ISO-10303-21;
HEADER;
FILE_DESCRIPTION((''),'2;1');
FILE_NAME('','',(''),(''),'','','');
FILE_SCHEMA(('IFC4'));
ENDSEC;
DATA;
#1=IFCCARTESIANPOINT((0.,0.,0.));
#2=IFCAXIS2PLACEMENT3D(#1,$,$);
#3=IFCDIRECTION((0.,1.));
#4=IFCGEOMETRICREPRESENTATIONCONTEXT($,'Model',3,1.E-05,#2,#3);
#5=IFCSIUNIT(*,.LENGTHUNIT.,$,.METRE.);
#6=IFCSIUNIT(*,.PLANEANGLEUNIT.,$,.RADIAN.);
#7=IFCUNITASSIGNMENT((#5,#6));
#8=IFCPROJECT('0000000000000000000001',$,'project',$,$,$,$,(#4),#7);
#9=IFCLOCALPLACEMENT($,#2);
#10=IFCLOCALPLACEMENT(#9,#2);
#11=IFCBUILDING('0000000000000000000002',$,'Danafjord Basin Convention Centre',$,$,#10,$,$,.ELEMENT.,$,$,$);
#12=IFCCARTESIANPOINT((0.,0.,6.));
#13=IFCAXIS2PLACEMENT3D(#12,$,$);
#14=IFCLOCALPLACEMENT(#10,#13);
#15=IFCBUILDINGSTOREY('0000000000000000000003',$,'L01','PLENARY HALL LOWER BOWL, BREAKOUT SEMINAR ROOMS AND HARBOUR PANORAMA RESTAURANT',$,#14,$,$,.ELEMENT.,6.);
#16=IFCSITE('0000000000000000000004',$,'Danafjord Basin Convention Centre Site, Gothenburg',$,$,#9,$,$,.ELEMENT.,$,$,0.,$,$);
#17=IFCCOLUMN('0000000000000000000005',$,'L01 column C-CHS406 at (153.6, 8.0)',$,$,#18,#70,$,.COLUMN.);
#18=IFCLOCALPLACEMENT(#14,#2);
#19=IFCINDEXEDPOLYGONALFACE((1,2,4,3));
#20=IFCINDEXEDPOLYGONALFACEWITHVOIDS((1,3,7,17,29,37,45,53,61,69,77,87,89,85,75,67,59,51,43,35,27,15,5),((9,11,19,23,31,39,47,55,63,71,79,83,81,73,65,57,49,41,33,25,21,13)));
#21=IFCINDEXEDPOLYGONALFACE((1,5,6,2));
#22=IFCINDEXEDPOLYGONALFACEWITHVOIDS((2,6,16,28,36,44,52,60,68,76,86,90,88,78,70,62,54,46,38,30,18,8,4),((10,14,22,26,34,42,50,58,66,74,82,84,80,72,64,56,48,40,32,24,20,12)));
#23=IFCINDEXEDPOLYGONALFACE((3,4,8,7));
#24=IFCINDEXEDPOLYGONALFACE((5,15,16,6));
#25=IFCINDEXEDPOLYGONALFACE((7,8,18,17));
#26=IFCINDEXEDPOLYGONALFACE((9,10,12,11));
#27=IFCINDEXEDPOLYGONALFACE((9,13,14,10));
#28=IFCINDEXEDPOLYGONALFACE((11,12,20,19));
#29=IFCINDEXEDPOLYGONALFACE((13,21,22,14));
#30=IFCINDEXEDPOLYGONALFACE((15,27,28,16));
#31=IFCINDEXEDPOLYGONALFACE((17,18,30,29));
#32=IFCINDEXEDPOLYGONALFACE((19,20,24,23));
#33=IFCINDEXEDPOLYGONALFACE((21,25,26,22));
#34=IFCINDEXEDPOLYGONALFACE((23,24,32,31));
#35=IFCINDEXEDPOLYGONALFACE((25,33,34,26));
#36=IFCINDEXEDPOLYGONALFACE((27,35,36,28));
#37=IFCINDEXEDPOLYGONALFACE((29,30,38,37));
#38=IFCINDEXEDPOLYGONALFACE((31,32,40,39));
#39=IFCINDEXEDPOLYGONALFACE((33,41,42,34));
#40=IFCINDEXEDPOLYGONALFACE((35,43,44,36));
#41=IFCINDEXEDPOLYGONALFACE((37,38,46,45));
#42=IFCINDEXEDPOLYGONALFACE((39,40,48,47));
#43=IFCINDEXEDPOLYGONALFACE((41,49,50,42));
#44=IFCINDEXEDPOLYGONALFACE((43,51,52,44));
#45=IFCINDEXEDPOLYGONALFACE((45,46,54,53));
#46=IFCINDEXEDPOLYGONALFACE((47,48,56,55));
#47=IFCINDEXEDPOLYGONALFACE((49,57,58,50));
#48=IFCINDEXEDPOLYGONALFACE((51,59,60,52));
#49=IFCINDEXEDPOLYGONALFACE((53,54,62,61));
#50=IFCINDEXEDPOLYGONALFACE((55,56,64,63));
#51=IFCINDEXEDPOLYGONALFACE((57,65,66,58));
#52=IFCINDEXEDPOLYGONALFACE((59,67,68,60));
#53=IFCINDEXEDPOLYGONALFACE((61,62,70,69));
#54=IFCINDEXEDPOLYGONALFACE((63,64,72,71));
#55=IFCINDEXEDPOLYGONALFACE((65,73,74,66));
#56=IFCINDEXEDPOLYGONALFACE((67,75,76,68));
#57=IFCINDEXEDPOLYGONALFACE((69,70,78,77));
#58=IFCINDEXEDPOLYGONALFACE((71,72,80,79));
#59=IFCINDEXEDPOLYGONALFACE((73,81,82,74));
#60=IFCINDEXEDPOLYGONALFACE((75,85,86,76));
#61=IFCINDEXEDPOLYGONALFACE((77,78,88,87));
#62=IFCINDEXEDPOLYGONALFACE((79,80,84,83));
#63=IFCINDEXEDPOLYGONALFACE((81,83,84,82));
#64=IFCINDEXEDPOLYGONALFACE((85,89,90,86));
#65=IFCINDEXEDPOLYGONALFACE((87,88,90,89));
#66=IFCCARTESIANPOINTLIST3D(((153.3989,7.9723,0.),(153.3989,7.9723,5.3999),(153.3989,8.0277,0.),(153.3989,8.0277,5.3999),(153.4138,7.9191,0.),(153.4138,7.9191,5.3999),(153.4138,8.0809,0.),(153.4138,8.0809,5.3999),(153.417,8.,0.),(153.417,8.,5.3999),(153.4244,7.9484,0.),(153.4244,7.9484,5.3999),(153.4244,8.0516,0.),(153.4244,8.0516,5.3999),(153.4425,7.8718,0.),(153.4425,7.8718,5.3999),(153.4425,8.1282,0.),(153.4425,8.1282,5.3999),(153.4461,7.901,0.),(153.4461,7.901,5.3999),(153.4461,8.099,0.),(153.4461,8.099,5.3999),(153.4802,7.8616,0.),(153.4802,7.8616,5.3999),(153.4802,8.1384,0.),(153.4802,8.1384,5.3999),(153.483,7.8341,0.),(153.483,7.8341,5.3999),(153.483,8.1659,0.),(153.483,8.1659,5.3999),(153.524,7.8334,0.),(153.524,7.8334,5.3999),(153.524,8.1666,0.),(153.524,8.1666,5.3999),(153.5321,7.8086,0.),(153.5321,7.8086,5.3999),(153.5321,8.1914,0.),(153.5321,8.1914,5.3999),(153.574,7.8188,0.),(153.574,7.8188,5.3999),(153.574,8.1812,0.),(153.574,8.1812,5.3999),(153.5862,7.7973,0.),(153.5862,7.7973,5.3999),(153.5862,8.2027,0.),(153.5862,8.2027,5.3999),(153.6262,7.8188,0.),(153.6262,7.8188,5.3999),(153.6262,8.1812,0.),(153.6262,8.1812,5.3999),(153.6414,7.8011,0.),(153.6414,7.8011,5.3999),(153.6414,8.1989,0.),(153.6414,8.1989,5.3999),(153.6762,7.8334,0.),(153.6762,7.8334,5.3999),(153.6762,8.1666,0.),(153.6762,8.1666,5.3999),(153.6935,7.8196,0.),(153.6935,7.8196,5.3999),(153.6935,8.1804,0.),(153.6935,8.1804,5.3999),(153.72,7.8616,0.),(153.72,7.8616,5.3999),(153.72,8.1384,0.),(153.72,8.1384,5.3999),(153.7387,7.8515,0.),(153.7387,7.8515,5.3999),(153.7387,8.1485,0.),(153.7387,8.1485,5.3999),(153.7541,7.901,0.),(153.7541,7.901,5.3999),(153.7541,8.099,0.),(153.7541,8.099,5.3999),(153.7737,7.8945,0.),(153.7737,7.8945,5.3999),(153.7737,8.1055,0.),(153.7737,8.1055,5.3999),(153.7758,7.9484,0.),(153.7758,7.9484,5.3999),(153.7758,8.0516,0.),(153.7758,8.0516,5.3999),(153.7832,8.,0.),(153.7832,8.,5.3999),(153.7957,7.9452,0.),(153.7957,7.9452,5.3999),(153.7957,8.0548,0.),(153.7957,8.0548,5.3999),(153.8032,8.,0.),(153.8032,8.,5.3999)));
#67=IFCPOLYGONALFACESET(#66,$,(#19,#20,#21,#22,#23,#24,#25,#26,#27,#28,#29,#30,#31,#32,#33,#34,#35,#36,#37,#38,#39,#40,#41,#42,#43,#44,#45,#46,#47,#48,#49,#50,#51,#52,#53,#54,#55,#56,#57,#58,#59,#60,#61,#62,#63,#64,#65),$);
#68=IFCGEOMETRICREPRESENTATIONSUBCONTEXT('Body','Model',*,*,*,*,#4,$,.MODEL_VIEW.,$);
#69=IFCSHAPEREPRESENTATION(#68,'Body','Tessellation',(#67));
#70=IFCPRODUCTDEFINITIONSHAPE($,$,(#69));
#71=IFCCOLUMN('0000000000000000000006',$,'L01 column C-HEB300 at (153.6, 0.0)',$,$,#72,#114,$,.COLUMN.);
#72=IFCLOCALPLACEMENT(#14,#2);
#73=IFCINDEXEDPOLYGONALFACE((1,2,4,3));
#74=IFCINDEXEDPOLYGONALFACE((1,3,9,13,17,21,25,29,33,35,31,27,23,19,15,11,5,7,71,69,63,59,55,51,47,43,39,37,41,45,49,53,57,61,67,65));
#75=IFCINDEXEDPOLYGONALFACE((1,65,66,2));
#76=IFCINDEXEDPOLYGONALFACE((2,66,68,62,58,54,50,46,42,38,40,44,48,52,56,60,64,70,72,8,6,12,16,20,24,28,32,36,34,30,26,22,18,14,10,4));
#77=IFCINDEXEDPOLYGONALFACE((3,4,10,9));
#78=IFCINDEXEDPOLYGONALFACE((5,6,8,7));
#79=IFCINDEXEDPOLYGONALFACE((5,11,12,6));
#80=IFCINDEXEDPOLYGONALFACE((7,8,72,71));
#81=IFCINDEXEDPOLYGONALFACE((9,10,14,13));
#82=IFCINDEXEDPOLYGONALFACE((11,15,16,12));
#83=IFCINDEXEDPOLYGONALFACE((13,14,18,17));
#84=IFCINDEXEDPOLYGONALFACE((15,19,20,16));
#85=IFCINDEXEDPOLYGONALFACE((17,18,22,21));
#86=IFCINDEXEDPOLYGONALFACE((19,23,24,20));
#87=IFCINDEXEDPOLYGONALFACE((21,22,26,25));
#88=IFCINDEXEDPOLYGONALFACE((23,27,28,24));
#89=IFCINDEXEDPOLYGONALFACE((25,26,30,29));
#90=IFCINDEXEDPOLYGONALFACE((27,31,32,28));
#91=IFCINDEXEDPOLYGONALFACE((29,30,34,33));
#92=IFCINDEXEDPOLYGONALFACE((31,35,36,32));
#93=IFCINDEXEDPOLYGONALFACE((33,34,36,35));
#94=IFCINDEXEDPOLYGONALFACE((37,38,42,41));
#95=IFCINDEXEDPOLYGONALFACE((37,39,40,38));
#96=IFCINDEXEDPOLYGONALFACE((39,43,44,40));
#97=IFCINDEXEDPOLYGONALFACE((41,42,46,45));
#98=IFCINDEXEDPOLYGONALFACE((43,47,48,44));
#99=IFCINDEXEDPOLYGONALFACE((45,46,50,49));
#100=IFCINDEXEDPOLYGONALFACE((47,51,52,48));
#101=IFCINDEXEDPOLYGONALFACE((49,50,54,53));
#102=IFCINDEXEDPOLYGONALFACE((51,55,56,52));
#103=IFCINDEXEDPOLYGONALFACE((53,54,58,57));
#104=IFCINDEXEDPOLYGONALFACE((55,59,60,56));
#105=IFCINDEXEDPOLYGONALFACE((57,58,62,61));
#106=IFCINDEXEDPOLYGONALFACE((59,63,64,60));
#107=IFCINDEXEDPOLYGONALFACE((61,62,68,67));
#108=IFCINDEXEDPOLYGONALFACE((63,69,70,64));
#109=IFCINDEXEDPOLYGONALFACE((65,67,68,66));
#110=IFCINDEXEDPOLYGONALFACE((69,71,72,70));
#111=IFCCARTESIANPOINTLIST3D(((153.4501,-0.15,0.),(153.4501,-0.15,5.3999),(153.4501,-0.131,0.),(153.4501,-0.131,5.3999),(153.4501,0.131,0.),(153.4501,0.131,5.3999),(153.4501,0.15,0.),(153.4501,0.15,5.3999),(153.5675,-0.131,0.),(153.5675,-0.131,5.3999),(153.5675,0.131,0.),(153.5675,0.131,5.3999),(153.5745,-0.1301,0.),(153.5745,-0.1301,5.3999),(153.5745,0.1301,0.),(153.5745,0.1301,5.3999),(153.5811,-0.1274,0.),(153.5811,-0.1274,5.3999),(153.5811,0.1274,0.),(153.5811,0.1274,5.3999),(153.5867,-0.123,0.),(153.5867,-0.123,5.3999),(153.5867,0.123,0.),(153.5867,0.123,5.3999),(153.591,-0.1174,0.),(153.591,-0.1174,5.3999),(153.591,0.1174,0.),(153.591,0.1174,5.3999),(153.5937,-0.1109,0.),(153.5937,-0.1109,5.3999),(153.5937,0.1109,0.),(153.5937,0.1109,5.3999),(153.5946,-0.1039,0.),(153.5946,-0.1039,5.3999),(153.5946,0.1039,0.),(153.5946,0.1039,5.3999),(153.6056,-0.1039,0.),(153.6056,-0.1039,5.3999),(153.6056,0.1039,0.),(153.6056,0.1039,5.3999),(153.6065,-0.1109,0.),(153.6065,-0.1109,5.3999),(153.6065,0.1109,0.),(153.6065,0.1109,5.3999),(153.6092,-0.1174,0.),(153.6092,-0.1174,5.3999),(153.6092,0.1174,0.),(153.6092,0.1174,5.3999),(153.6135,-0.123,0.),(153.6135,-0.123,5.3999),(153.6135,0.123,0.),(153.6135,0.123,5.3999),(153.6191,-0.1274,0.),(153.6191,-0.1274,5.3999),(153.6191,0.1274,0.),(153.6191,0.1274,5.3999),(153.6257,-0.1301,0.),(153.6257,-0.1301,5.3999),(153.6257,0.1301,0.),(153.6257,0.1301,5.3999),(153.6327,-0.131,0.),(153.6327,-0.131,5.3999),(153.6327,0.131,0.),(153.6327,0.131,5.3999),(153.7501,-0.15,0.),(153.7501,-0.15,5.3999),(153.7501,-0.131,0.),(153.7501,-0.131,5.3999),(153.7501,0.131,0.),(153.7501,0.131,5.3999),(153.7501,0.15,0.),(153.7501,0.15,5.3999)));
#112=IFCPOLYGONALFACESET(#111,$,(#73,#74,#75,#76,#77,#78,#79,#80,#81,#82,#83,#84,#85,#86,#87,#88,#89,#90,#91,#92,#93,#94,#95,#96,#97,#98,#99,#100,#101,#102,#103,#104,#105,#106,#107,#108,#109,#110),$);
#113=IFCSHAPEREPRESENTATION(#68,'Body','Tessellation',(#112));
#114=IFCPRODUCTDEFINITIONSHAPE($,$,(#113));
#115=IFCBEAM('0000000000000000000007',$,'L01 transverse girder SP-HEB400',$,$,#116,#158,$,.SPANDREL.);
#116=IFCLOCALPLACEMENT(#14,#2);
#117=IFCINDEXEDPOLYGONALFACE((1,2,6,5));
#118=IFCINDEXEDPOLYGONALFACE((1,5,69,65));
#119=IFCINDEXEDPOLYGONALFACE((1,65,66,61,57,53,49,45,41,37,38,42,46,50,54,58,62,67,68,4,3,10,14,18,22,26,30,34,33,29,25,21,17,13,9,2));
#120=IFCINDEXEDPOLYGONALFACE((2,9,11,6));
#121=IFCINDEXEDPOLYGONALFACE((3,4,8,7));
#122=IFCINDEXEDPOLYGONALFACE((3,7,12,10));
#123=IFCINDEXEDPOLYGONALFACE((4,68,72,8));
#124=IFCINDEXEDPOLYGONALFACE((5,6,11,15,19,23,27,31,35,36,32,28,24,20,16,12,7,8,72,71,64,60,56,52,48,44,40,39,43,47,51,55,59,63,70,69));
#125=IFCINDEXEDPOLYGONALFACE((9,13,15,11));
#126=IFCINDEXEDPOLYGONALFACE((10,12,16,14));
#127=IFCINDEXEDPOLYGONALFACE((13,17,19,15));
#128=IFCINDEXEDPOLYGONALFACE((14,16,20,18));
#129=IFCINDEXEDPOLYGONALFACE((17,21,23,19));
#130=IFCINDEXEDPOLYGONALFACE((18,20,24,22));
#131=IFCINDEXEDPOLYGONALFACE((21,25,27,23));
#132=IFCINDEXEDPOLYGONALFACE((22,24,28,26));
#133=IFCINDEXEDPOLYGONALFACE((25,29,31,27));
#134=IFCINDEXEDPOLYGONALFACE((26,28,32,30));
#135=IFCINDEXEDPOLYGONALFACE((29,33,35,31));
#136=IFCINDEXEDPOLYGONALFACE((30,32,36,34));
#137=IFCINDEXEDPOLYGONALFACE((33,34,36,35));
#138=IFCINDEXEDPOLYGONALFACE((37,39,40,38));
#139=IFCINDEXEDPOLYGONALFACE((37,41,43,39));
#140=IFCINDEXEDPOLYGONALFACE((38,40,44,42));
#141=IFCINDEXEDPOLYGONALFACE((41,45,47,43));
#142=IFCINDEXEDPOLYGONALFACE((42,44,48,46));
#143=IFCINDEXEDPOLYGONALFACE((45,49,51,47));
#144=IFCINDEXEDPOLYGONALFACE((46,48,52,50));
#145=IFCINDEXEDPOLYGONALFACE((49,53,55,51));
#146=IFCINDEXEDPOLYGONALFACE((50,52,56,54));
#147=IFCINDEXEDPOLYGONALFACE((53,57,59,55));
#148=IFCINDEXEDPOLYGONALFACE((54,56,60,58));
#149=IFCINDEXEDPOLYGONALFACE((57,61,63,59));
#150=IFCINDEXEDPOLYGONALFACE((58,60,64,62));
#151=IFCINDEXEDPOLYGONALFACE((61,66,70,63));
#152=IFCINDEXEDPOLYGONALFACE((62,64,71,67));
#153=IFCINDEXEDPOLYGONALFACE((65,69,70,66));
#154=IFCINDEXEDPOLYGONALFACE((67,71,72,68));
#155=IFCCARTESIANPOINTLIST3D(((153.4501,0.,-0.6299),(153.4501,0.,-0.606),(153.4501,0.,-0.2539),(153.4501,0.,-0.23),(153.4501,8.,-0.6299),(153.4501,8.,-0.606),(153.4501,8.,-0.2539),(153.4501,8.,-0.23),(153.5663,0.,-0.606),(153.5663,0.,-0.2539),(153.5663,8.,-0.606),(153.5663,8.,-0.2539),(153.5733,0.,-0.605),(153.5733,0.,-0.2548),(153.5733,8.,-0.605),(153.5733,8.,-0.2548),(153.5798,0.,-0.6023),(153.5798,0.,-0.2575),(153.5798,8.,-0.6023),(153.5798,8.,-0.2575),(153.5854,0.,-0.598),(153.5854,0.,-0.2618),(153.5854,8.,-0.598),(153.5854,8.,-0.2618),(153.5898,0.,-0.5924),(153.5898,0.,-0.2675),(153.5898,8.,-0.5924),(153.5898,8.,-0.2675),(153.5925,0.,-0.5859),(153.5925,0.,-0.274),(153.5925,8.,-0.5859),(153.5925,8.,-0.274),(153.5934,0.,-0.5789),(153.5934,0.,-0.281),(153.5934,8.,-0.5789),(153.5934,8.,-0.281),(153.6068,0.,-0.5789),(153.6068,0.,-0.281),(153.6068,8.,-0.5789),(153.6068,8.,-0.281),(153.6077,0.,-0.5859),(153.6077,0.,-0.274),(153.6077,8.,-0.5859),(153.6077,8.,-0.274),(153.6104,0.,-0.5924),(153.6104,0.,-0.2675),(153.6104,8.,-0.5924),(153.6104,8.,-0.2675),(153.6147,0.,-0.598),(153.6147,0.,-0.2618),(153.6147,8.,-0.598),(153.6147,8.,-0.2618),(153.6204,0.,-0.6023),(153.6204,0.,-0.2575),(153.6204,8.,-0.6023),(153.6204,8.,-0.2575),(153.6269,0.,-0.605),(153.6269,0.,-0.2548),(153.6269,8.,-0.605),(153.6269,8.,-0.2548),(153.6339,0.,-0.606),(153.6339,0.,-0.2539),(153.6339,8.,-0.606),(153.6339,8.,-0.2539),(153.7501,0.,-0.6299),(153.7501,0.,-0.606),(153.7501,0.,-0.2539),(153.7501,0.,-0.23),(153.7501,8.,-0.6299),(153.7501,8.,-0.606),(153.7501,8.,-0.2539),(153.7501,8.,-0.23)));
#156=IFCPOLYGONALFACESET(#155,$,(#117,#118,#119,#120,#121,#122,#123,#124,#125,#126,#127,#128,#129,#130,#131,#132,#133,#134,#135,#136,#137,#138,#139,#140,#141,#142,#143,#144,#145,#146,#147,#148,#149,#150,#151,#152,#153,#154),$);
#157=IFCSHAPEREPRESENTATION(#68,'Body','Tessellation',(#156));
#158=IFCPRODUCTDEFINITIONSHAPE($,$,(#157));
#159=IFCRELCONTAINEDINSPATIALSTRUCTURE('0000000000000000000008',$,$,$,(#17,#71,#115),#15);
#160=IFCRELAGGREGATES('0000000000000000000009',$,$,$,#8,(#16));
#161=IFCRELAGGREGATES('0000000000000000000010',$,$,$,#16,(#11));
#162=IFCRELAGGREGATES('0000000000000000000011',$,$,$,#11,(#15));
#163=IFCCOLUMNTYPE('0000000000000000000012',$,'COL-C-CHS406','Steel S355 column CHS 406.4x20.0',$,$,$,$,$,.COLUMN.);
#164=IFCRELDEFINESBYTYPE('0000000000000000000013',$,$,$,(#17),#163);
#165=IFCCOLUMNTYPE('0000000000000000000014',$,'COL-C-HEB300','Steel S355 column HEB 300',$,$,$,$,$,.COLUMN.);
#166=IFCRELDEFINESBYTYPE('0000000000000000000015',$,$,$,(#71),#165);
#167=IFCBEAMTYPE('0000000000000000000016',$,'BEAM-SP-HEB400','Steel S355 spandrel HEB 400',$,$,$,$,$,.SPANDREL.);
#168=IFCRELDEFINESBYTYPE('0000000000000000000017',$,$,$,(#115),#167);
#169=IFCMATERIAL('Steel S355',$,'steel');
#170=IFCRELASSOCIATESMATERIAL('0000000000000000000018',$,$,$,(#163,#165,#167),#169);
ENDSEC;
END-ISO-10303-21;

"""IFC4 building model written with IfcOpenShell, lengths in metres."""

from ifc_helpers import new_model, si_unit, direction, frame, origin, origin_2d, place, context, subcontext, project, spatial, hollow_circle, i_section, extrude, material, material_profile, profile_set, type_object, element, save


model = new_model("IFC4")

# Units and contexts
model_context = context("Model", 3, precision=1e-05, world=origin(), true_north=direction((0.0, 1.0)))
body_context = subcontext(model_context, "Body", "Model", "MODEL_VIEW")
ifc_project = project(units=[si_unit("LENGTHUNIT", "METRE"), si_unit("PLANEANGLEUNIT", "RADIAN")], contexts=[model_context])

# Site, building, storey
site_placement = place(None, origin())
site = spatial("IfcSite", under=ifc_project, at=site_placement, Name="Danafjord Basin Convention Centre Site, Gothenburg", CompositionType="ELEMENT", RefElevation=0.0)
building_placement = place(site_placement, origin())
building = spatial("IfcBuilding", under=site, at=building_placement, Name="Danafjord Basin Convention Centre", CompositionType="ELEMENT")
storey_placement = place(building_placement, frame((0.0, 0.0, 6.0)))
storey = spatial("IfcBuildingStorey", under=building, at=storey_placement, Name="L01", Description="PLENARY HALL LOWER BOWL, BREAKOUT SEMINAR ROOMS AND HARBOUR PANORAMA RESTAURANT", CompositionType="ELEMENT", Elevation=6.0)

# Columns
ifc_material_1 = material(Name="Steel S355", Category="steel")
ifc_material_profile_1 = material_profile(ifc_material_1, hollow_circle(Radius=0.2031, WallThickness=0.02, at=origin_2d()), Name="CHS 406.4x20.0")
ifc_profile_set_1 = profile_set([ifc_material_profile_1], Name="Steel S355")
column_type_1 = type_object("IfcColumnType", Name="COL-C-CHS406", Description="Steel S355 column CHS 406.4x20.0", PredefinedType="COLUMN", material=ifc_profile_set_1)
column_1_placement = place(storey_placement, frame((153.6001, 8.0, 0.0), z_axis=(0.0, 0.0, 1.0), x_axis=(1.0, 0.0, 0.0)))
element("IfcColumn", 1, at=column_1_placement, inside=storey, type_object=column_type_1, Name="L01 column C-CHS406 at (153.6, 8.0)", PredefinedType="COLUMN", context=body_context, shape_type="SweptSolid", body=[
    extrude(hollow_circle(Radius=0.2031, WallThickness=0.02, at=origin_2d()), origin(), (0.0, 0.0, 1.0), 5.3999),
])
ifc_material_profile_2 = material_profile(ifc_material_1, i_section(OverallWidth=0.3, OverallDepth=0.3, WebThickness=0.011, FlangeThickness=0.019, FilletRadius=0.0271, at=origin_2d()), Name="HEB 300")
ifc_profile_set_2 = profile_set([ifc_material_profile_2], Name="Steel S355")
column_type_2 = type_object("IfcColumnType", Name="COL-C-HEB300", Description="Steel S355 column HEB 300", PredefinedType="COLUMN", material=ifc_profile_set_2)
column_2_placement = place(storey_placement, frame((153.6001, 0.0, 0.0), z_axis=(0.0, 0.0, 1.0), x_axis=(1.0, 0.0, 0.0)))
element("IfcColumn", 2, at=column_2_placement, inside=storey, type_object=column_type_2, Name="L01 column C-HEB300 at (153.6, 0.0)", PredefinedType="COLUMN", context=body_context, shape_type="SweptSolid", body=[
    extrude(i_section(OverallWidth=0.3, OverallDepth=0.3, WebThickness=0.011, FlangeThickness=0.019, FilletRadius=0.0271, at=origin_2d()), origin(), (0.0, 0.0, 1.0), 5.3999),
])

# Beam
ifc_material_profile_3 = material_profile(ifc_material_1, i_section(OverallWidth=0.3, OverallDepth=0.3999, WebThickness=0.0134, FlangeThickness=0.0239, FilletRadius=0.0271, at=origin_2d()), Name="HEB 400")
ifc_profile_set_3 = profile_set([ifc_material_profile_3], Name="Steel S355")
beam_type_1 = type_object("IfcBeamType", Name="BEAM-SP-HEB400", Description="Steel S355 spandrel HEB 400", PredefinedType="SPANDREL", material=ifc_profile_set_3)
beam_1_placement = place(storey_placement, frame((153.6001, 0.0, -0.4299), z_axis=(0.0, 1.0, 0.0), x_axis=(-1.0, 0.0, 0.0)))
element("IfcBeam", 3, at=beam_1_placement, inside=storey, type_object=beam_type_1, Name="L01 transverse girder SP-HEB400", PredefinedType="SPANDREL", context=body_context, shape_type="SweptSolid", body=[
    extrude(i_section(OverallWidth=0.3, OverallDepth=0.3999, WebThickness=0.0134, FlangeThickness=0.0239, FilletRadius=0.0271, at=origin_2d()), origin(), (0.0, 0.0, 1.0), 8.0),
])

save(model, "model.ifc")
